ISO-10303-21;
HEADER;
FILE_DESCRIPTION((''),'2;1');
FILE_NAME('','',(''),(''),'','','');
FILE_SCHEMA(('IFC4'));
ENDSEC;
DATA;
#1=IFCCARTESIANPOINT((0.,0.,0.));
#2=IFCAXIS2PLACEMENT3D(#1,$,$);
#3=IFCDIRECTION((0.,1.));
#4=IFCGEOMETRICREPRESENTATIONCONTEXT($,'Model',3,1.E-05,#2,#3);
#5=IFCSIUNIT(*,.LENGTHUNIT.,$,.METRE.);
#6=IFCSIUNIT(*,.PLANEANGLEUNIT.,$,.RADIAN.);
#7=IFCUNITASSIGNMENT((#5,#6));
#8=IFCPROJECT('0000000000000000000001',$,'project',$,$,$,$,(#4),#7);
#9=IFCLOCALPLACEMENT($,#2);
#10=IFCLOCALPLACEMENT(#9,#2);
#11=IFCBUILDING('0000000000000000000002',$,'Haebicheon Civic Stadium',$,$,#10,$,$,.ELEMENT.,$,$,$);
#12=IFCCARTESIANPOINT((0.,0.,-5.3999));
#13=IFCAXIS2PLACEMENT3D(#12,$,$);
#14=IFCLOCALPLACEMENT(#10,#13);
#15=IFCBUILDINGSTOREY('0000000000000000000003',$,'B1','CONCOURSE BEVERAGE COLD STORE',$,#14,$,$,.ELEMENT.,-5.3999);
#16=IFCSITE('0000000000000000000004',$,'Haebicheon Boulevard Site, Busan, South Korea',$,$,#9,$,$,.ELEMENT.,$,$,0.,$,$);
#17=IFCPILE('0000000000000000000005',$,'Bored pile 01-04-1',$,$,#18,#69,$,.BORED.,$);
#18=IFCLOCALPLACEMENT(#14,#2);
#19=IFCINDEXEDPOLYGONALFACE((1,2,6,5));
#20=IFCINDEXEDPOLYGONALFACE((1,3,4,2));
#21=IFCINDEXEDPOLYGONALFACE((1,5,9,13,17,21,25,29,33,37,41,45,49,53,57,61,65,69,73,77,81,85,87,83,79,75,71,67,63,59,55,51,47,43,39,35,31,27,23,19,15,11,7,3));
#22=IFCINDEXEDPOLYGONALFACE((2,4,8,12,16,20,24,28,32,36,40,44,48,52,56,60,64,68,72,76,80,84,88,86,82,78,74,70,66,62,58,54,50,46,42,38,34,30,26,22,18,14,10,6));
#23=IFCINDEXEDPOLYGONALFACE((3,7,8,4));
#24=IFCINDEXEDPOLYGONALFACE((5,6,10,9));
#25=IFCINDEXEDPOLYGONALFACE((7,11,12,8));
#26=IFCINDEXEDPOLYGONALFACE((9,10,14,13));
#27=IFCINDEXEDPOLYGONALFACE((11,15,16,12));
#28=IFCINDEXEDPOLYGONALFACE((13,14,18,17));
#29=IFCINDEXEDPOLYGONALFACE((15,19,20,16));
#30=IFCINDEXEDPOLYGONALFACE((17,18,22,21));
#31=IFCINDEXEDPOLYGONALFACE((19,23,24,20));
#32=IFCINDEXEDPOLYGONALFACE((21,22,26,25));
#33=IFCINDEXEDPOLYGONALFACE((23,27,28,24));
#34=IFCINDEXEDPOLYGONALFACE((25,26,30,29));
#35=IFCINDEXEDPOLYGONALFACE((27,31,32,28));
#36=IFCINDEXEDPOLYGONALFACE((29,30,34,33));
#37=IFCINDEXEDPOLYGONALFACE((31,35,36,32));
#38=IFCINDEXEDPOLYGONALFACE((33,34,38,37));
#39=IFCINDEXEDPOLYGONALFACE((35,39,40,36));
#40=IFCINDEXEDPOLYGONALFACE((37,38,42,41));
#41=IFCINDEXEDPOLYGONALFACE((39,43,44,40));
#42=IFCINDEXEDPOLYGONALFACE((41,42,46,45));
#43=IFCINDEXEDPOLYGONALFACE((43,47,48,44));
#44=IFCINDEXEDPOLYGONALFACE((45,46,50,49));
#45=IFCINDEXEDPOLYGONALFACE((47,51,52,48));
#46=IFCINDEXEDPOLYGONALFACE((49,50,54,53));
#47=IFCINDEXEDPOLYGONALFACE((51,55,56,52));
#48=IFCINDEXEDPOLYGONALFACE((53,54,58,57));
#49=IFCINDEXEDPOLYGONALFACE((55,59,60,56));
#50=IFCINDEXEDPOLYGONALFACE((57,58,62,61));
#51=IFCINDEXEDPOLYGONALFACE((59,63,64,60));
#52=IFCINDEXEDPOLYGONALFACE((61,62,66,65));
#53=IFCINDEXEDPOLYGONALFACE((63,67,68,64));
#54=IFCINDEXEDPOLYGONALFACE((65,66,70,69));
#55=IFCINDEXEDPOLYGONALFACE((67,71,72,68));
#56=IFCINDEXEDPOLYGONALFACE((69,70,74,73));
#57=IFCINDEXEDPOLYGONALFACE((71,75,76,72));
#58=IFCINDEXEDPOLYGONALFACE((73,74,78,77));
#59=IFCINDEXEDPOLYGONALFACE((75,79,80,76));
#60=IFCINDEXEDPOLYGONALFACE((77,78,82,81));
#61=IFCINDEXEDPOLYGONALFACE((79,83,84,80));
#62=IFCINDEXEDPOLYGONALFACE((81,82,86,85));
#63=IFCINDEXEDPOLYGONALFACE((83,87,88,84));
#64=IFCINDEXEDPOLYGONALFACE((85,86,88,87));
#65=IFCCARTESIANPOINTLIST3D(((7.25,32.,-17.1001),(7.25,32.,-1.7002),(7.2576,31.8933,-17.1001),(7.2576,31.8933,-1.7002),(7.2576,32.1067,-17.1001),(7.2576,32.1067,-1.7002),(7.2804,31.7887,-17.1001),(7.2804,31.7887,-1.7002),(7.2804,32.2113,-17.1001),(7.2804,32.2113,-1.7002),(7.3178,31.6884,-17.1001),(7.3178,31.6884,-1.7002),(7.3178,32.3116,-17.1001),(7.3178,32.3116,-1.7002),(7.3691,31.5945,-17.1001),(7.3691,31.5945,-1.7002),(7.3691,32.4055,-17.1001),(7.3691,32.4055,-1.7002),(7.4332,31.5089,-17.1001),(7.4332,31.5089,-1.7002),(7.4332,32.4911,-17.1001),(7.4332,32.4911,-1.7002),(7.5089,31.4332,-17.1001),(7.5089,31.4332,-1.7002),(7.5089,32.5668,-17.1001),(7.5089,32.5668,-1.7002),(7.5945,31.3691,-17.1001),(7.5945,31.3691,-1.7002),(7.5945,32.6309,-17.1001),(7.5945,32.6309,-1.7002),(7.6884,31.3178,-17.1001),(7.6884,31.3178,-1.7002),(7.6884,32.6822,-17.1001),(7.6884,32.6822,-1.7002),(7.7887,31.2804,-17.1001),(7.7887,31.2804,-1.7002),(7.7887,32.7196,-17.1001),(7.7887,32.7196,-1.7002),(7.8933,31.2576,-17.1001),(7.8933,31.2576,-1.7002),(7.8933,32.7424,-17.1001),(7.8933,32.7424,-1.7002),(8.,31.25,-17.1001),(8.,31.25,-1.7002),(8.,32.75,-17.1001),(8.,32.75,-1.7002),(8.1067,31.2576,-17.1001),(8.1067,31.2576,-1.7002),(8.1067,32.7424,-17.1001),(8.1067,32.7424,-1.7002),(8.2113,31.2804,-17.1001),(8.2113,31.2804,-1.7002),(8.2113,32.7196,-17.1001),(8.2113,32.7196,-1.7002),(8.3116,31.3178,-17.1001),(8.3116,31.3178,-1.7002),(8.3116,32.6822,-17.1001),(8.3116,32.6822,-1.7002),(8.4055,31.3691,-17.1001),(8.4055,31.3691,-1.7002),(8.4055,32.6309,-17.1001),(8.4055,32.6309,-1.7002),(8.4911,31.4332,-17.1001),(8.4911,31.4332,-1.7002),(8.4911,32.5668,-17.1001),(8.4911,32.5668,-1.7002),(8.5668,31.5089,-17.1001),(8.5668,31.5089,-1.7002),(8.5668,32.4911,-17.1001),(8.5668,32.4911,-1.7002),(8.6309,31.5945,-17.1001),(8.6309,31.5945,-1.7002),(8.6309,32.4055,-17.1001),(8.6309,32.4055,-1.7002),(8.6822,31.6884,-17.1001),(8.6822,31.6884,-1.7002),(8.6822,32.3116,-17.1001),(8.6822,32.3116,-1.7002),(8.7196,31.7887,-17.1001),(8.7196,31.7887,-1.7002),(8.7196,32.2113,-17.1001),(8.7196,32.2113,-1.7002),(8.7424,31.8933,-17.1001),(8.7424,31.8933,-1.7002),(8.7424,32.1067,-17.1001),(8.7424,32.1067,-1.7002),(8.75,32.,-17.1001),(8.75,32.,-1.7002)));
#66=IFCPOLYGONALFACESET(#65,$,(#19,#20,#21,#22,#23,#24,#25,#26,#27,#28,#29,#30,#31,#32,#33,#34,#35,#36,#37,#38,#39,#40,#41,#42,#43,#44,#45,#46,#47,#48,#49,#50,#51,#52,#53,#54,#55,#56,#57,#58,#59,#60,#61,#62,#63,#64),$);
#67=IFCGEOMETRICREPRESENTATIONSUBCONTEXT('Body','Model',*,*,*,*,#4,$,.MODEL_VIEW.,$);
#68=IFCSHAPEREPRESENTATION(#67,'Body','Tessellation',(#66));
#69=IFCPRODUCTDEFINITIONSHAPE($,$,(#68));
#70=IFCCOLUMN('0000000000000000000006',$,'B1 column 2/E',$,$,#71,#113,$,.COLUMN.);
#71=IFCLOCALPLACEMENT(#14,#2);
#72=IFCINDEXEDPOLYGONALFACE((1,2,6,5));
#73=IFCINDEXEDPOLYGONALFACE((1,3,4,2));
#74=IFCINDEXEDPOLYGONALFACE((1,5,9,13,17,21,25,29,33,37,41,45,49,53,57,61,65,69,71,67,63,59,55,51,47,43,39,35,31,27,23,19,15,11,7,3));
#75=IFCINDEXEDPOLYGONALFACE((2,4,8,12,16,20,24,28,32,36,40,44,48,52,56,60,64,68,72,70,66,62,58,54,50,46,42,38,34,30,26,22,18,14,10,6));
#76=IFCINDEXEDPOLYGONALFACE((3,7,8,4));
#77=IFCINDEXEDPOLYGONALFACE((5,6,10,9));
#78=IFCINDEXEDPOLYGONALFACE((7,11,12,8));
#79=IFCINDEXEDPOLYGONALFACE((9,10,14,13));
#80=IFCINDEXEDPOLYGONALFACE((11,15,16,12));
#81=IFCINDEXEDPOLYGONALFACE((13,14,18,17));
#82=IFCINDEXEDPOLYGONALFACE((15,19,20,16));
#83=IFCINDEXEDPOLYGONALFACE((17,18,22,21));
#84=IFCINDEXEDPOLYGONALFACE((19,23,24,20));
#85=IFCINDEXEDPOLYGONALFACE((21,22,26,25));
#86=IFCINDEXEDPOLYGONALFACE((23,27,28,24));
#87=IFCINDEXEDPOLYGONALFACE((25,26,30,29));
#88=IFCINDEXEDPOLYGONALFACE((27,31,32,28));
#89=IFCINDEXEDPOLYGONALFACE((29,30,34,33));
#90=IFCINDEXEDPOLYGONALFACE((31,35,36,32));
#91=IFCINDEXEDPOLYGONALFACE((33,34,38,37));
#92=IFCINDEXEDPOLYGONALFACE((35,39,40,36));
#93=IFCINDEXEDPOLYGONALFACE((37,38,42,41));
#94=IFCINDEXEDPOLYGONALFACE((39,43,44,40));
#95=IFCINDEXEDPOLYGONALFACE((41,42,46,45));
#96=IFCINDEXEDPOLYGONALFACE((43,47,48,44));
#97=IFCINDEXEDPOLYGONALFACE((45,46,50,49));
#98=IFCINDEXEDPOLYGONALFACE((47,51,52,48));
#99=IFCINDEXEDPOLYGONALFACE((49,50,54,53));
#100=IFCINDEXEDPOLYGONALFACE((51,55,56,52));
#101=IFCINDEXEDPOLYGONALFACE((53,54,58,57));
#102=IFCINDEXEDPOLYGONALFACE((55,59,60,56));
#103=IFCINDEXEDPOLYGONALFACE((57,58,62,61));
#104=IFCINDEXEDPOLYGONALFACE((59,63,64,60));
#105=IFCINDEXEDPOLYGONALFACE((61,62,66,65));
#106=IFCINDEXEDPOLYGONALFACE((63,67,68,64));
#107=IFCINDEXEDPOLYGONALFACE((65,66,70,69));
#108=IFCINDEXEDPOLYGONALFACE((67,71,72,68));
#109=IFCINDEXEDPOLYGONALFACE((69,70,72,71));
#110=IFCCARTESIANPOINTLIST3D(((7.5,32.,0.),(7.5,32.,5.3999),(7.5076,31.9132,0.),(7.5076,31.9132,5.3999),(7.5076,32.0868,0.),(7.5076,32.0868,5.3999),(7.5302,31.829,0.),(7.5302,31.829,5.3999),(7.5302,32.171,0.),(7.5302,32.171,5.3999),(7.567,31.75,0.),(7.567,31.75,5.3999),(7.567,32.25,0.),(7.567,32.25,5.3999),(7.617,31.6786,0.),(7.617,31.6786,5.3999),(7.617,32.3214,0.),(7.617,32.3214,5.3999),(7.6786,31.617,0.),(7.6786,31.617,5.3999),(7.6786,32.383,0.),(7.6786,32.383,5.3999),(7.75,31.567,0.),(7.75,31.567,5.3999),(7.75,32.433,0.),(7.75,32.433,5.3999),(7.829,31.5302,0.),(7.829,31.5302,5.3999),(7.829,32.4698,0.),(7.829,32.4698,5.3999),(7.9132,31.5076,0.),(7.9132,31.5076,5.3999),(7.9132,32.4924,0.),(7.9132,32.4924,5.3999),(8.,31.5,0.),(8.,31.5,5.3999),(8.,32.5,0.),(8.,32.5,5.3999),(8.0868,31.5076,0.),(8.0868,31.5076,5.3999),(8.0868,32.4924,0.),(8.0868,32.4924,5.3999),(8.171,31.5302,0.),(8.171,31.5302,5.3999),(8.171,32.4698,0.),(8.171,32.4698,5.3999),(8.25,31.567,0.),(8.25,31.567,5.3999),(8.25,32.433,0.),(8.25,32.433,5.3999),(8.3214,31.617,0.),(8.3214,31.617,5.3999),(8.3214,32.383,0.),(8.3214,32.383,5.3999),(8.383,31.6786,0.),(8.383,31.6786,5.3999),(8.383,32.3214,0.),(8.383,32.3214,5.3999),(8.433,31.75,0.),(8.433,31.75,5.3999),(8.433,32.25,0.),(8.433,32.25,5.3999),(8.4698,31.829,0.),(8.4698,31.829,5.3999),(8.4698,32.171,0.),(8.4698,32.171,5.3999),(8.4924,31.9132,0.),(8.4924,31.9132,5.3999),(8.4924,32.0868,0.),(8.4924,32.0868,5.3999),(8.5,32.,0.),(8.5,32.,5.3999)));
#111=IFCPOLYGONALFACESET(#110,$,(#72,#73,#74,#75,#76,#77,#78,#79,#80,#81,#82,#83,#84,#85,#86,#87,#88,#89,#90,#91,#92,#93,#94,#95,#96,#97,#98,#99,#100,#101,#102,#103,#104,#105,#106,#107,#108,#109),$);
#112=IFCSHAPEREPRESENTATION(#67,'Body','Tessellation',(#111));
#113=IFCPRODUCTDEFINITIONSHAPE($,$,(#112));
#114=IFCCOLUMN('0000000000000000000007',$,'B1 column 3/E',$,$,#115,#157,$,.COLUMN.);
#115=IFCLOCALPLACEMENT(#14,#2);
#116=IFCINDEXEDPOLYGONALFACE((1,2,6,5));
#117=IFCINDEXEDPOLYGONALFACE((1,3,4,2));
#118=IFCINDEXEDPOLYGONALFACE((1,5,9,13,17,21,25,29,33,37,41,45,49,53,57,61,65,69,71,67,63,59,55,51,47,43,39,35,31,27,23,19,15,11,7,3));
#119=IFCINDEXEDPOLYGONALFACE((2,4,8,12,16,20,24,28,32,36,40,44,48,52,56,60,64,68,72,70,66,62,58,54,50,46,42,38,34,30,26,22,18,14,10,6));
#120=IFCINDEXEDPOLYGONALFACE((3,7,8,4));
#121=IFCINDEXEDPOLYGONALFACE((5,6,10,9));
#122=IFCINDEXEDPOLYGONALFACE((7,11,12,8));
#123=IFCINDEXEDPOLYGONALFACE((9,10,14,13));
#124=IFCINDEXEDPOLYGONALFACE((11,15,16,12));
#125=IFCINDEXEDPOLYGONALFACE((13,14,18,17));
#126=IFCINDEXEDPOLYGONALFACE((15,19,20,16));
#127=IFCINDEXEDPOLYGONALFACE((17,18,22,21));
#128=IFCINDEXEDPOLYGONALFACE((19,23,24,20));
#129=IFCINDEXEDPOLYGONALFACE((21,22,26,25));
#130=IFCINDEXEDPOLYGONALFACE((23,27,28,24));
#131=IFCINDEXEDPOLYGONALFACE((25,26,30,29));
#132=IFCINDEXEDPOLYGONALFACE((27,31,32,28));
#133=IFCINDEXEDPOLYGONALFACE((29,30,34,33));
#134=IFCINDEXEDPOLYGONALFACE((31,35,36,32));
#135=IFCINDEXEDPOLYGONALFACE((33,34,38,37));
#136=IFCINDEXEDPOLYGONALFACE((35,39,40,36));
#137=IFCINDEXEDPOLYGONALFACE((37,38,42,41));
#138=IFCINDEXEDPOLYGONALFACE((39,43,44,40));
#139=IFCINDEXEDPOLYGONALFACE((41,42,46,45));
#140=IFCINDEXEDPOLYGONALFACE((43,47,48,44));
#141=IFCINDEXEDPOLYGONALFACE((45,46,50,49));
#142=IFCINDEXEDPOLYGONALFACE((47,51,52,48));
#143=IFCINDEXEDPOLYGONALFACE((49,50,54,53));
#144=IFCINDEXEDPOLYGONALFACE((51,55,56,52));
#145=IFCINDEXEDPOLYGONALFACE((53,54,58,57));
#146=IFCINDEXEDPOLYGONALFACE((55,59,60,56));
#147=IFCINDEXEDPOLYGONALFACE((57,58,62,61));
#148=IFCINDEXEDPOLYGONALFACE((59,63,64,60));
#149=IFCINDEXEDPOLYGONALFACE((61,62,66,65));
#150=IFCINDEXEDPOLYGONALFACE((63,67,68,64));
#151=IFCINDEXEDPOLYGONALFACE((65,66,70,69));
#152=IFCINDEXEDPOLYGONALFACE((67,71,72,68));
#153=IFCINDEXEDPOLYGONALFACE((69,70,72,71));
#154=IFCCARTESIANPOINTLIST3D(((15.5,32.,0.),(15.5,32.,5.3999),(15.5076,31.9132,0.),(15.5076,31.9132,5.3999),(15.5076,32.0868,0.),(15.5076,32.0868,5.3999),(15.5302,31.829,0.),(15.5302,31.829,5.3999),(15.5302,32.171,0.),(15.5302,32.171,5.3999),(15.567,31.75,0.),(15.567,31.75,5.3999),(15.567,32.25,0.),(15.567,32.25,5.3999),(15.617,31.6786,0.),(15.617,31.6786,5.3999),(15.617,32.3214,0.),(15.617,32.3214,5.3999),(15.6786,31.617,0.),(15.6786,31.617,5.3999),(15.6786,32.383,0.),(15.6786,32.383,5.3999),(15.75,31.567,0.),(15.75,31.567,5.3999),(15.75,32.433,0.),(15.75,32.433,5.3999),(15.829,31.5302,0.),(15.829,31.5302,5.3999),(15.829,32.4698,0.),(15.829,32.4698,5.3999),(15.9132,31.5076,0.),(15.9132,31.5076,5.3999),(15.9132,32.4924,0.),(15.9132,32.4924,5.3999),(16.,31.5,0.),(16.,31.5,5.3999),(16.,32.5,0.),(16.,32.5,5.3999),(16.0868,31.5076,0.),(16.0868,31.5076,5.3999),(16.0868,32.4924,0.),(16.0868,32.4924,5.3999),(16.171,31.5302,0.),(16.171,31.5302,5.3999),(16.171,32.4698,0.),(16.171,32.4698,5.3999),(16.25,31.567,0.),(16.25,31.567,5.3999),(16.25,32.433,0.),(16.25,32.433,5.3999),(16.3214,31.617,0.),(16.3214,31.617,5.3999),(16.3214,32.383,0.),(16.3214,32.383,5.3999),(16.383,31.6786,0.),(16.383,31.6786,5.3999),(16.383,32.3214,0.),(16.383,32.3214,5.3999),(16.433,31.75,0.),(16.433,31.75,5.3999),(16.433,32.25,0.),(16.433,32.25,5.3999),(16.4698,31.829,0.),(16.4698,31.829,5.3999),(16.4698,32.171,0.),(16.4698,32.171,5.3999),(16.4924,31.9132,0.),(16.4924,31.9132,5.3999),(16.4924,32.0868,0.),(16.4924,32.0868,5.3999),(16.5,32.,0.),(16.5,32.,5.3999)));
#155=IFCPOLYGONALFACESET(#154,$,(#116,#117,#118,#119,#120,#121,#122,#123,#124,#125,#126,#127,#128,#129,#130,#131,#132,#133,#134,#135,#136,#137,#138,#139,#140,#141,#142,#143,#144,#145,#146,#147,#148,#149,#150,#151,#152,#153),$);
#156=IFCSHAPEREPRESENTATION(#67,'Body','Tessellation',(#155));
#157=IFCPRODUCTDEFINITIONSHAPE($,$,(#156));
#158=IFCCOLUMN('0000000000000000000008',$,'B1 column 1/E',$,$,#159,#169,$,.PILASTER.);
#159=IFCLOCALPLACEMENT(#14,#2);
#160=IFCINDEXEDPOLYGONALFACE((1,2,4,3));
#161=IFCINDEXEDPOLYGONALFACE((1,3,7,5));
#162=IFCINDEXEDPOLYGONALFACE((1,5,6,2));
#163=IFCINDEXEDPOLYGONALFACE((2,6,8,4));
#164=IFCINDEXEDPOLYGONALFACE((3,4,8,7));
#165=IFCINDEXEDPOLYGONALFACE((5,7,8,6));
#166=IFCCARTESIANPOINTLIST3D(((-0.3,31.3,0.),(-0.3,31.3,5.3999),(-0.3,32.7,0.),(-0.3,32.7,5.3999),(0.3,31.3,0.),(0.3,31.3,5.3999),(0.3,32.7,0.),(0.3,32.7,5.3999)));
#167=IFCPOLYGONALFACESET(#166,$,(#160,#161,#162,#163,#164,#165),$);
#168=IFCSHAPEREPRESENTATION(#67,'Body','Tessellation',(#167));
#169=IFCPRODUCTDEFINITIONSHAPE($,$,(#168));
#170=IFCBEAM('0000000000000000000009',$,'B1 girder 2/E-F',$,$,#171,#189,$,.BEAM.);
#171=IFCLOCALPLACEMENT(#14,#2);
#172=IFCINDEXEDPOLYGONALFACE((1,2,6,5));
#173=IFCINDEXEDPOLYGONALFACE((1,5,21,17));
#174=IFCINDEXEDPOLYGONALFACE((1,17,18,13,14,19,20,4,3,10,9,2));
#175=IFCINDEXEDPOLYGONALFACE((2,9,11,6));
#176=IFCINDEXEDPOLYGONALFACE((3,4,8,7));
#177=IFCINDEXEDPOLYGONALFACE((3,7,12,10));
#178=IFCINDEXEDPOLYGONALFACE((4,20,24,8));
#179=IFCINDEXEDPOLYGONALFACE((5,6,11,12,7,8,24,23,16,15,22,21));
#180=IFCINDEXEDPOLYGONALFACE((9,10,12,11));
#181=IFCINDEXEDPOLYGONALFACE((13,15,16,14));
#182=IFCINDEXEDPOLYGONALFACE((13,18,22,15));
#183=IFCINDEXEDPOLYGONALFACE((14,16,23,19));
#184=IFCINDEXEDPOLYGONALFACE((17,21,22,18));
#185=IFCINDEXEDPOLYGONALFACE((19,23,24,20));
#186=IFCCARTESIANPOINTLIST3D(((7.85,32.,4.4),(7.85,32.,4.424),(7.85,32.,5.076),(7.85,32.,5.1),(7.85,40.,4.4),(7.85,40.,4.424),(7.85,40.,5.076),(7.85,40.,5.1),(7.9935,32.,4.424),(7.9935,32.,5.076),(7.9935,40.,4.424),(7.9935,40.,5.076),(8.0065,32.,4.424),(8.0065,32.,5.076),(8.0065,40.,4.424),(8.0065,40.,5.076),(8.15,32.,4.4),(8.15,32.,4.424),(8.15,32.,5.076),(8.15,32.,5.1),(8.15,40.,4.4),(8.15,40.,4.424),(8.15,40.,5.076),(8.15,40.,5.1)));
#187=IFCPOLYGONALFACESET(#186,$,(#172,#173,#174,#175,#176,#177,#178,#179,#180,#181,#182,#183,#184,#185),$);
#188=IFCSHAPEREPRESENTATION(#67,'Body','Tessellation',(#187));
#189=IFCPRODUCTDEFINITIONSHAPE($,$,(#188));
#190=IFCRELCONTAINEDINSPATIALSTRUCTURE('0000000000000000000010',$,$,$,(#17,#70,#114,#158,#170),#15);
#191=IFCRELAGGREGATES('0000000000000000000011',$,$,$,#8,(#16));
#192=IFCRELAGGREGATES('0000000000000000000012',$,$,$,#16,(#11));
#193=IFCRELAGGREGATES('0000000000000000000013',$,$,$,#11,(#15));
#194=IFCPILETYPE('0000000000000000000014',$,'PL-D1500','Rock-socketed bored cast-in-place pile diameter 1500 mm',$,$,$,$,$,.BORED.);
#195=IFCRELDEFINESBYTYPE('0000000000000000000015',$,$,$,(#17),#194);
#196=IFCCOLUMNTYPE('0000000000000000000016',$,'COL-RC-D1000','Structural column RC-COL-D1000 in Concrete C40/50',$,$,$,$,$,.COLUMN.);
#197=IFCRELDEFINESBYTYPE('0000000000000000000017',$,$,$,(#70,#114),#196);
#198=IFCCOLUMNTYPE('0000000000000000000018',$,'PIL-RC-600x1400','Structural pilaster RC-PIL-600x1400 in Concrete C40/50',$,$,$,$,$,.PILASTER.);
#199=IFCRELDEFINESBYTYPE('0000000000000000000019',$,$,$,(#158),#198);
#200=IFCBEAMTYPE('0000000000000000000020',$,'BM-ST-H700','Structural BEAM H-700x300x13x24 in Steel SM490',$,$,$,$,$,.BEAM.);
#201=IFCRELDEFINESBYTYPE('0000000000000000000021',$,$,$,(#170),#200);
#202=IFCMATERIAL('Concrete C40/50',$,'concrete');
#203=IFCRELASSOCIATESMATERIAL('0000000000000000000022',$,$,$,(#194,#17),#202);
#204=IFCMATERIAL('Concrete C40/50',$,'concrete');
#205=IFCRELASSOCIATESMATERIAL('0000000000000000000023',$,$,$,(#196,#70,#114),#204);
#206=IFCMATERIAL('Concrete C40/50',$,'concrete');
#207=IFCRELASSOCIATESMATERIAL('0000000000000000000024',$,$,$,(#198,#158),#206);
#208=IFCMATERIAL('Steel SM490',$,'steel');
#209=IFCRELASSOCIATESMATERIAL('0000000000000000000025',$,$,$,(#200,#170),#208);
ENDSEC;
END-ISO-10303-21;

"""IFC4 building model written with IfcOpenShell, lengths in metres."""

from ifc_helpers import new_model, si_unit, direction, frame, origin, origin_2d, place, context, subcontext, project, spatial, rectangle, circle, i_section, extrude, material, material_profile, profile_set, type_object, element, save


model = new_model("IFC4")

# Units and contexts
model_context = context("Model", 3, precision=1e-05, world=origin(), true_north=direction((0.0, 1.0)))
body_context = subcontext(model_context, "Body", "Model", "MODEL_VIEW")
ifc_project = project(units=[si_unit("LENGTHUNIT", "METRE"), si_unit("PLANEANGLEUNIT", "RADIAN")], contexts=[model_context])

# Site, building, storey
site_placement = place(None, origin())
site = spatial("IfcSite", under=ifc_project, at=site_placement, Name="Haebicheon Boulevard Site, Busan, South Korea", CompositionType="ELEMENT", RefElevation=0.0)
building_placement = place(site_placement, origin())
building = spatial("IfcBuilding", under=site, at=building_placement, Name="Haebicheon Civic Stadium", CompositionType="ELEMENT")
storey_placement = place(building_placement, frame((0.0, 0.0, -5.3999)))
storey = spatial("IfcBuildingStorey", under=building, at=storey_placement, Name="B1", Description="CONCOURSE BEVERAGE COLD STORE", CompositionType="ELEMENT", Elevation=-5.3999)

# Pile
ifc_material_1 = material(Name="Concrete C40/50", Category="concrete")
ifc_material_profile_1 = material_profile(ifc_material_1, circle(Radius=0.75, at=origin_2d()), Name="PILE-D1500")
ifc_profile_set_1 = profile_set([ifc_material_profile_1], Name="Concrete C40/50")
pile_type_1 = type_object("IfcPileType", Name="PL-D1500", Description="Rock-socketed bored cast-in-place pile diameter 1500 mm", PredefinedType="BORED", material=ifc_profile_set_1)
pile_1_placement = place(storey_placement, frame((8.0, 32.0, -1.7002), z_axis=(0.0, 0.0, -1.0), x_axis=(1.0, 0.0, 0.0)))
element("IfcPile", 1, at=pile_1_placement, inside=storey, type_object=pile_type_1, material=ifc_profile_set_1, Name="Bored pile 01-04-1", PredefinedType="BORED", context=body_context, shape_type="SweptSolid", body=[
    extrude(circle(Radius=0.75, at=origin_2d()), origin(), (0.0, 0.0, 1.0), 15.3999),
])

# Columns
ifc_material_2 = material(Name="Concrete C40/50", Category="concrete")
ifc_material_profile_2 = material_profile(ifc_material_2, circle(Radius=0.5, at=origin_2d()), Name="RC-COL-D1000")
ifc_profile_set_2 = profile_set([ifc_material_profile_2], Name="Concrete C40/50")
column_type_1 = type_object("IfcColumnType", Name="COL-RC-D1000", Description="Structural column RC-COL-D1000 in Concrete C40/50", PredefinedType="COLUMN", material=ifc_profile_set_2)
for number, where, z_axis, x_axis, name in (
    (2, (8.0, 32.0, 0.0), (0.0, 0.0, 1.0), (1.0, 0.0, 0.0), "B1 column 2/E"),
    (3, (16.0, 32.0, 0.0), (0.0, 0.0, 1.0), (1.0, 0.0, 0.0), "B1 column 3/E"),
):
    element("IfcColumn", number, at=place(storey_placement, frame(where, z_axis=z_axis, x_axis=x_axis)), inside=storey, type_object=column_type_1, material=ifc_profile_set_2, Name=name, PredefinedType="COLUMN", context=body_context, shape_type="SweptSolid", body=[
        extrude(circle(Radius=0.5, at=origin_2d()), origin(), (0.0, 0.0, 1.0), 5.3999),
    ])
ifc_material_3 = material(Name="Concrete C40/50", Category="concrete")
ifc_material_profile_3 = material_profile(ifc_material_3, rectangle(XDim=0.6001, YDim=1.3999, at=origin_2d()), Name="RC-PIL-600x1400")
ifc_profile_set_3 = profile_set([ifc_material_profile_3], Name="Concrete C40/50")
column_type_2 = type_object("IfcColumnType", Name="PIL-RC-600x1400", Description="Structural pilaster RC-PIL-600x1400 in Concrete C40/50", PredefinedType="PILASTER", material=ifc_profile_set_3)
column_placement = place(storey_placement, frame((0.0, 32.0, 0.0), z_axis=(0.0, 0.0, 1.0), x_axis=(1.0, 0.0, 0.0)))
element("IfcColumn", 4, at=column_placement, inside=storey, type_object=column_type_2, material=ifc_profile_set_3, Name="B1 column 1/E", PredefinedType="PILASTER", context=body_context, shape_type="SweptSolid", body=[
    extrude(rectangle(XDim=0.6001, YDim=1.3999, at=origin_2d()), origin(), (0.0, 0.0, 1.0), 5.3999),
])

# Beam
ifc_material_4 = material(Name="Steel SM490", Category="steel")
ifc_material_profile_4 = material_profile(ifc_material_4, i_section(OverallWidth=0.3, OverallDepth=0.7, WebThickness=0.0129, FlangeThickness=0.0239, at=origin_2d()), Name="H-700x300x13x24")
ifc_profile_set_4 = profile_set([ifc_material_profile_4], Name="Steel SM490")
beam_type_1 = type_object("IfcBeamType", Name="BM-ST-H700", Description="Structural BEAM H-700x300x13x24 in Steel SM490", PredefinedType="BEAM", material=ifc_profile_set_4)
for number, where, z_axis, x_axis, name in (
    (5, (8.0, 32.0, 4.75), (0.0, 1.0, 0.0), (-1.0, 0.0, 0.0), "B1 girder 2/E-F"),
):
    element("IfcBeam", number, at=place(storey_placement, frame(where, z_axis=z_axis, x_axis=x_axis)), inside=storey, type_object=beam_type_1, material=ifc_profile_set_4, Name=name, PredefinedType="BEAM", context=body_context, shape_type="SweptSolid", body=[
        extrude(i_section(OverallWidth=0.3, OverallDepth=0.7, WebThickness=0.0129, FlangeThickness=0.0239, at=origin_2d()), origin(), (0.0, 0.0, 1.0), 8.0),
    ])

save(model, "model.ifc")
